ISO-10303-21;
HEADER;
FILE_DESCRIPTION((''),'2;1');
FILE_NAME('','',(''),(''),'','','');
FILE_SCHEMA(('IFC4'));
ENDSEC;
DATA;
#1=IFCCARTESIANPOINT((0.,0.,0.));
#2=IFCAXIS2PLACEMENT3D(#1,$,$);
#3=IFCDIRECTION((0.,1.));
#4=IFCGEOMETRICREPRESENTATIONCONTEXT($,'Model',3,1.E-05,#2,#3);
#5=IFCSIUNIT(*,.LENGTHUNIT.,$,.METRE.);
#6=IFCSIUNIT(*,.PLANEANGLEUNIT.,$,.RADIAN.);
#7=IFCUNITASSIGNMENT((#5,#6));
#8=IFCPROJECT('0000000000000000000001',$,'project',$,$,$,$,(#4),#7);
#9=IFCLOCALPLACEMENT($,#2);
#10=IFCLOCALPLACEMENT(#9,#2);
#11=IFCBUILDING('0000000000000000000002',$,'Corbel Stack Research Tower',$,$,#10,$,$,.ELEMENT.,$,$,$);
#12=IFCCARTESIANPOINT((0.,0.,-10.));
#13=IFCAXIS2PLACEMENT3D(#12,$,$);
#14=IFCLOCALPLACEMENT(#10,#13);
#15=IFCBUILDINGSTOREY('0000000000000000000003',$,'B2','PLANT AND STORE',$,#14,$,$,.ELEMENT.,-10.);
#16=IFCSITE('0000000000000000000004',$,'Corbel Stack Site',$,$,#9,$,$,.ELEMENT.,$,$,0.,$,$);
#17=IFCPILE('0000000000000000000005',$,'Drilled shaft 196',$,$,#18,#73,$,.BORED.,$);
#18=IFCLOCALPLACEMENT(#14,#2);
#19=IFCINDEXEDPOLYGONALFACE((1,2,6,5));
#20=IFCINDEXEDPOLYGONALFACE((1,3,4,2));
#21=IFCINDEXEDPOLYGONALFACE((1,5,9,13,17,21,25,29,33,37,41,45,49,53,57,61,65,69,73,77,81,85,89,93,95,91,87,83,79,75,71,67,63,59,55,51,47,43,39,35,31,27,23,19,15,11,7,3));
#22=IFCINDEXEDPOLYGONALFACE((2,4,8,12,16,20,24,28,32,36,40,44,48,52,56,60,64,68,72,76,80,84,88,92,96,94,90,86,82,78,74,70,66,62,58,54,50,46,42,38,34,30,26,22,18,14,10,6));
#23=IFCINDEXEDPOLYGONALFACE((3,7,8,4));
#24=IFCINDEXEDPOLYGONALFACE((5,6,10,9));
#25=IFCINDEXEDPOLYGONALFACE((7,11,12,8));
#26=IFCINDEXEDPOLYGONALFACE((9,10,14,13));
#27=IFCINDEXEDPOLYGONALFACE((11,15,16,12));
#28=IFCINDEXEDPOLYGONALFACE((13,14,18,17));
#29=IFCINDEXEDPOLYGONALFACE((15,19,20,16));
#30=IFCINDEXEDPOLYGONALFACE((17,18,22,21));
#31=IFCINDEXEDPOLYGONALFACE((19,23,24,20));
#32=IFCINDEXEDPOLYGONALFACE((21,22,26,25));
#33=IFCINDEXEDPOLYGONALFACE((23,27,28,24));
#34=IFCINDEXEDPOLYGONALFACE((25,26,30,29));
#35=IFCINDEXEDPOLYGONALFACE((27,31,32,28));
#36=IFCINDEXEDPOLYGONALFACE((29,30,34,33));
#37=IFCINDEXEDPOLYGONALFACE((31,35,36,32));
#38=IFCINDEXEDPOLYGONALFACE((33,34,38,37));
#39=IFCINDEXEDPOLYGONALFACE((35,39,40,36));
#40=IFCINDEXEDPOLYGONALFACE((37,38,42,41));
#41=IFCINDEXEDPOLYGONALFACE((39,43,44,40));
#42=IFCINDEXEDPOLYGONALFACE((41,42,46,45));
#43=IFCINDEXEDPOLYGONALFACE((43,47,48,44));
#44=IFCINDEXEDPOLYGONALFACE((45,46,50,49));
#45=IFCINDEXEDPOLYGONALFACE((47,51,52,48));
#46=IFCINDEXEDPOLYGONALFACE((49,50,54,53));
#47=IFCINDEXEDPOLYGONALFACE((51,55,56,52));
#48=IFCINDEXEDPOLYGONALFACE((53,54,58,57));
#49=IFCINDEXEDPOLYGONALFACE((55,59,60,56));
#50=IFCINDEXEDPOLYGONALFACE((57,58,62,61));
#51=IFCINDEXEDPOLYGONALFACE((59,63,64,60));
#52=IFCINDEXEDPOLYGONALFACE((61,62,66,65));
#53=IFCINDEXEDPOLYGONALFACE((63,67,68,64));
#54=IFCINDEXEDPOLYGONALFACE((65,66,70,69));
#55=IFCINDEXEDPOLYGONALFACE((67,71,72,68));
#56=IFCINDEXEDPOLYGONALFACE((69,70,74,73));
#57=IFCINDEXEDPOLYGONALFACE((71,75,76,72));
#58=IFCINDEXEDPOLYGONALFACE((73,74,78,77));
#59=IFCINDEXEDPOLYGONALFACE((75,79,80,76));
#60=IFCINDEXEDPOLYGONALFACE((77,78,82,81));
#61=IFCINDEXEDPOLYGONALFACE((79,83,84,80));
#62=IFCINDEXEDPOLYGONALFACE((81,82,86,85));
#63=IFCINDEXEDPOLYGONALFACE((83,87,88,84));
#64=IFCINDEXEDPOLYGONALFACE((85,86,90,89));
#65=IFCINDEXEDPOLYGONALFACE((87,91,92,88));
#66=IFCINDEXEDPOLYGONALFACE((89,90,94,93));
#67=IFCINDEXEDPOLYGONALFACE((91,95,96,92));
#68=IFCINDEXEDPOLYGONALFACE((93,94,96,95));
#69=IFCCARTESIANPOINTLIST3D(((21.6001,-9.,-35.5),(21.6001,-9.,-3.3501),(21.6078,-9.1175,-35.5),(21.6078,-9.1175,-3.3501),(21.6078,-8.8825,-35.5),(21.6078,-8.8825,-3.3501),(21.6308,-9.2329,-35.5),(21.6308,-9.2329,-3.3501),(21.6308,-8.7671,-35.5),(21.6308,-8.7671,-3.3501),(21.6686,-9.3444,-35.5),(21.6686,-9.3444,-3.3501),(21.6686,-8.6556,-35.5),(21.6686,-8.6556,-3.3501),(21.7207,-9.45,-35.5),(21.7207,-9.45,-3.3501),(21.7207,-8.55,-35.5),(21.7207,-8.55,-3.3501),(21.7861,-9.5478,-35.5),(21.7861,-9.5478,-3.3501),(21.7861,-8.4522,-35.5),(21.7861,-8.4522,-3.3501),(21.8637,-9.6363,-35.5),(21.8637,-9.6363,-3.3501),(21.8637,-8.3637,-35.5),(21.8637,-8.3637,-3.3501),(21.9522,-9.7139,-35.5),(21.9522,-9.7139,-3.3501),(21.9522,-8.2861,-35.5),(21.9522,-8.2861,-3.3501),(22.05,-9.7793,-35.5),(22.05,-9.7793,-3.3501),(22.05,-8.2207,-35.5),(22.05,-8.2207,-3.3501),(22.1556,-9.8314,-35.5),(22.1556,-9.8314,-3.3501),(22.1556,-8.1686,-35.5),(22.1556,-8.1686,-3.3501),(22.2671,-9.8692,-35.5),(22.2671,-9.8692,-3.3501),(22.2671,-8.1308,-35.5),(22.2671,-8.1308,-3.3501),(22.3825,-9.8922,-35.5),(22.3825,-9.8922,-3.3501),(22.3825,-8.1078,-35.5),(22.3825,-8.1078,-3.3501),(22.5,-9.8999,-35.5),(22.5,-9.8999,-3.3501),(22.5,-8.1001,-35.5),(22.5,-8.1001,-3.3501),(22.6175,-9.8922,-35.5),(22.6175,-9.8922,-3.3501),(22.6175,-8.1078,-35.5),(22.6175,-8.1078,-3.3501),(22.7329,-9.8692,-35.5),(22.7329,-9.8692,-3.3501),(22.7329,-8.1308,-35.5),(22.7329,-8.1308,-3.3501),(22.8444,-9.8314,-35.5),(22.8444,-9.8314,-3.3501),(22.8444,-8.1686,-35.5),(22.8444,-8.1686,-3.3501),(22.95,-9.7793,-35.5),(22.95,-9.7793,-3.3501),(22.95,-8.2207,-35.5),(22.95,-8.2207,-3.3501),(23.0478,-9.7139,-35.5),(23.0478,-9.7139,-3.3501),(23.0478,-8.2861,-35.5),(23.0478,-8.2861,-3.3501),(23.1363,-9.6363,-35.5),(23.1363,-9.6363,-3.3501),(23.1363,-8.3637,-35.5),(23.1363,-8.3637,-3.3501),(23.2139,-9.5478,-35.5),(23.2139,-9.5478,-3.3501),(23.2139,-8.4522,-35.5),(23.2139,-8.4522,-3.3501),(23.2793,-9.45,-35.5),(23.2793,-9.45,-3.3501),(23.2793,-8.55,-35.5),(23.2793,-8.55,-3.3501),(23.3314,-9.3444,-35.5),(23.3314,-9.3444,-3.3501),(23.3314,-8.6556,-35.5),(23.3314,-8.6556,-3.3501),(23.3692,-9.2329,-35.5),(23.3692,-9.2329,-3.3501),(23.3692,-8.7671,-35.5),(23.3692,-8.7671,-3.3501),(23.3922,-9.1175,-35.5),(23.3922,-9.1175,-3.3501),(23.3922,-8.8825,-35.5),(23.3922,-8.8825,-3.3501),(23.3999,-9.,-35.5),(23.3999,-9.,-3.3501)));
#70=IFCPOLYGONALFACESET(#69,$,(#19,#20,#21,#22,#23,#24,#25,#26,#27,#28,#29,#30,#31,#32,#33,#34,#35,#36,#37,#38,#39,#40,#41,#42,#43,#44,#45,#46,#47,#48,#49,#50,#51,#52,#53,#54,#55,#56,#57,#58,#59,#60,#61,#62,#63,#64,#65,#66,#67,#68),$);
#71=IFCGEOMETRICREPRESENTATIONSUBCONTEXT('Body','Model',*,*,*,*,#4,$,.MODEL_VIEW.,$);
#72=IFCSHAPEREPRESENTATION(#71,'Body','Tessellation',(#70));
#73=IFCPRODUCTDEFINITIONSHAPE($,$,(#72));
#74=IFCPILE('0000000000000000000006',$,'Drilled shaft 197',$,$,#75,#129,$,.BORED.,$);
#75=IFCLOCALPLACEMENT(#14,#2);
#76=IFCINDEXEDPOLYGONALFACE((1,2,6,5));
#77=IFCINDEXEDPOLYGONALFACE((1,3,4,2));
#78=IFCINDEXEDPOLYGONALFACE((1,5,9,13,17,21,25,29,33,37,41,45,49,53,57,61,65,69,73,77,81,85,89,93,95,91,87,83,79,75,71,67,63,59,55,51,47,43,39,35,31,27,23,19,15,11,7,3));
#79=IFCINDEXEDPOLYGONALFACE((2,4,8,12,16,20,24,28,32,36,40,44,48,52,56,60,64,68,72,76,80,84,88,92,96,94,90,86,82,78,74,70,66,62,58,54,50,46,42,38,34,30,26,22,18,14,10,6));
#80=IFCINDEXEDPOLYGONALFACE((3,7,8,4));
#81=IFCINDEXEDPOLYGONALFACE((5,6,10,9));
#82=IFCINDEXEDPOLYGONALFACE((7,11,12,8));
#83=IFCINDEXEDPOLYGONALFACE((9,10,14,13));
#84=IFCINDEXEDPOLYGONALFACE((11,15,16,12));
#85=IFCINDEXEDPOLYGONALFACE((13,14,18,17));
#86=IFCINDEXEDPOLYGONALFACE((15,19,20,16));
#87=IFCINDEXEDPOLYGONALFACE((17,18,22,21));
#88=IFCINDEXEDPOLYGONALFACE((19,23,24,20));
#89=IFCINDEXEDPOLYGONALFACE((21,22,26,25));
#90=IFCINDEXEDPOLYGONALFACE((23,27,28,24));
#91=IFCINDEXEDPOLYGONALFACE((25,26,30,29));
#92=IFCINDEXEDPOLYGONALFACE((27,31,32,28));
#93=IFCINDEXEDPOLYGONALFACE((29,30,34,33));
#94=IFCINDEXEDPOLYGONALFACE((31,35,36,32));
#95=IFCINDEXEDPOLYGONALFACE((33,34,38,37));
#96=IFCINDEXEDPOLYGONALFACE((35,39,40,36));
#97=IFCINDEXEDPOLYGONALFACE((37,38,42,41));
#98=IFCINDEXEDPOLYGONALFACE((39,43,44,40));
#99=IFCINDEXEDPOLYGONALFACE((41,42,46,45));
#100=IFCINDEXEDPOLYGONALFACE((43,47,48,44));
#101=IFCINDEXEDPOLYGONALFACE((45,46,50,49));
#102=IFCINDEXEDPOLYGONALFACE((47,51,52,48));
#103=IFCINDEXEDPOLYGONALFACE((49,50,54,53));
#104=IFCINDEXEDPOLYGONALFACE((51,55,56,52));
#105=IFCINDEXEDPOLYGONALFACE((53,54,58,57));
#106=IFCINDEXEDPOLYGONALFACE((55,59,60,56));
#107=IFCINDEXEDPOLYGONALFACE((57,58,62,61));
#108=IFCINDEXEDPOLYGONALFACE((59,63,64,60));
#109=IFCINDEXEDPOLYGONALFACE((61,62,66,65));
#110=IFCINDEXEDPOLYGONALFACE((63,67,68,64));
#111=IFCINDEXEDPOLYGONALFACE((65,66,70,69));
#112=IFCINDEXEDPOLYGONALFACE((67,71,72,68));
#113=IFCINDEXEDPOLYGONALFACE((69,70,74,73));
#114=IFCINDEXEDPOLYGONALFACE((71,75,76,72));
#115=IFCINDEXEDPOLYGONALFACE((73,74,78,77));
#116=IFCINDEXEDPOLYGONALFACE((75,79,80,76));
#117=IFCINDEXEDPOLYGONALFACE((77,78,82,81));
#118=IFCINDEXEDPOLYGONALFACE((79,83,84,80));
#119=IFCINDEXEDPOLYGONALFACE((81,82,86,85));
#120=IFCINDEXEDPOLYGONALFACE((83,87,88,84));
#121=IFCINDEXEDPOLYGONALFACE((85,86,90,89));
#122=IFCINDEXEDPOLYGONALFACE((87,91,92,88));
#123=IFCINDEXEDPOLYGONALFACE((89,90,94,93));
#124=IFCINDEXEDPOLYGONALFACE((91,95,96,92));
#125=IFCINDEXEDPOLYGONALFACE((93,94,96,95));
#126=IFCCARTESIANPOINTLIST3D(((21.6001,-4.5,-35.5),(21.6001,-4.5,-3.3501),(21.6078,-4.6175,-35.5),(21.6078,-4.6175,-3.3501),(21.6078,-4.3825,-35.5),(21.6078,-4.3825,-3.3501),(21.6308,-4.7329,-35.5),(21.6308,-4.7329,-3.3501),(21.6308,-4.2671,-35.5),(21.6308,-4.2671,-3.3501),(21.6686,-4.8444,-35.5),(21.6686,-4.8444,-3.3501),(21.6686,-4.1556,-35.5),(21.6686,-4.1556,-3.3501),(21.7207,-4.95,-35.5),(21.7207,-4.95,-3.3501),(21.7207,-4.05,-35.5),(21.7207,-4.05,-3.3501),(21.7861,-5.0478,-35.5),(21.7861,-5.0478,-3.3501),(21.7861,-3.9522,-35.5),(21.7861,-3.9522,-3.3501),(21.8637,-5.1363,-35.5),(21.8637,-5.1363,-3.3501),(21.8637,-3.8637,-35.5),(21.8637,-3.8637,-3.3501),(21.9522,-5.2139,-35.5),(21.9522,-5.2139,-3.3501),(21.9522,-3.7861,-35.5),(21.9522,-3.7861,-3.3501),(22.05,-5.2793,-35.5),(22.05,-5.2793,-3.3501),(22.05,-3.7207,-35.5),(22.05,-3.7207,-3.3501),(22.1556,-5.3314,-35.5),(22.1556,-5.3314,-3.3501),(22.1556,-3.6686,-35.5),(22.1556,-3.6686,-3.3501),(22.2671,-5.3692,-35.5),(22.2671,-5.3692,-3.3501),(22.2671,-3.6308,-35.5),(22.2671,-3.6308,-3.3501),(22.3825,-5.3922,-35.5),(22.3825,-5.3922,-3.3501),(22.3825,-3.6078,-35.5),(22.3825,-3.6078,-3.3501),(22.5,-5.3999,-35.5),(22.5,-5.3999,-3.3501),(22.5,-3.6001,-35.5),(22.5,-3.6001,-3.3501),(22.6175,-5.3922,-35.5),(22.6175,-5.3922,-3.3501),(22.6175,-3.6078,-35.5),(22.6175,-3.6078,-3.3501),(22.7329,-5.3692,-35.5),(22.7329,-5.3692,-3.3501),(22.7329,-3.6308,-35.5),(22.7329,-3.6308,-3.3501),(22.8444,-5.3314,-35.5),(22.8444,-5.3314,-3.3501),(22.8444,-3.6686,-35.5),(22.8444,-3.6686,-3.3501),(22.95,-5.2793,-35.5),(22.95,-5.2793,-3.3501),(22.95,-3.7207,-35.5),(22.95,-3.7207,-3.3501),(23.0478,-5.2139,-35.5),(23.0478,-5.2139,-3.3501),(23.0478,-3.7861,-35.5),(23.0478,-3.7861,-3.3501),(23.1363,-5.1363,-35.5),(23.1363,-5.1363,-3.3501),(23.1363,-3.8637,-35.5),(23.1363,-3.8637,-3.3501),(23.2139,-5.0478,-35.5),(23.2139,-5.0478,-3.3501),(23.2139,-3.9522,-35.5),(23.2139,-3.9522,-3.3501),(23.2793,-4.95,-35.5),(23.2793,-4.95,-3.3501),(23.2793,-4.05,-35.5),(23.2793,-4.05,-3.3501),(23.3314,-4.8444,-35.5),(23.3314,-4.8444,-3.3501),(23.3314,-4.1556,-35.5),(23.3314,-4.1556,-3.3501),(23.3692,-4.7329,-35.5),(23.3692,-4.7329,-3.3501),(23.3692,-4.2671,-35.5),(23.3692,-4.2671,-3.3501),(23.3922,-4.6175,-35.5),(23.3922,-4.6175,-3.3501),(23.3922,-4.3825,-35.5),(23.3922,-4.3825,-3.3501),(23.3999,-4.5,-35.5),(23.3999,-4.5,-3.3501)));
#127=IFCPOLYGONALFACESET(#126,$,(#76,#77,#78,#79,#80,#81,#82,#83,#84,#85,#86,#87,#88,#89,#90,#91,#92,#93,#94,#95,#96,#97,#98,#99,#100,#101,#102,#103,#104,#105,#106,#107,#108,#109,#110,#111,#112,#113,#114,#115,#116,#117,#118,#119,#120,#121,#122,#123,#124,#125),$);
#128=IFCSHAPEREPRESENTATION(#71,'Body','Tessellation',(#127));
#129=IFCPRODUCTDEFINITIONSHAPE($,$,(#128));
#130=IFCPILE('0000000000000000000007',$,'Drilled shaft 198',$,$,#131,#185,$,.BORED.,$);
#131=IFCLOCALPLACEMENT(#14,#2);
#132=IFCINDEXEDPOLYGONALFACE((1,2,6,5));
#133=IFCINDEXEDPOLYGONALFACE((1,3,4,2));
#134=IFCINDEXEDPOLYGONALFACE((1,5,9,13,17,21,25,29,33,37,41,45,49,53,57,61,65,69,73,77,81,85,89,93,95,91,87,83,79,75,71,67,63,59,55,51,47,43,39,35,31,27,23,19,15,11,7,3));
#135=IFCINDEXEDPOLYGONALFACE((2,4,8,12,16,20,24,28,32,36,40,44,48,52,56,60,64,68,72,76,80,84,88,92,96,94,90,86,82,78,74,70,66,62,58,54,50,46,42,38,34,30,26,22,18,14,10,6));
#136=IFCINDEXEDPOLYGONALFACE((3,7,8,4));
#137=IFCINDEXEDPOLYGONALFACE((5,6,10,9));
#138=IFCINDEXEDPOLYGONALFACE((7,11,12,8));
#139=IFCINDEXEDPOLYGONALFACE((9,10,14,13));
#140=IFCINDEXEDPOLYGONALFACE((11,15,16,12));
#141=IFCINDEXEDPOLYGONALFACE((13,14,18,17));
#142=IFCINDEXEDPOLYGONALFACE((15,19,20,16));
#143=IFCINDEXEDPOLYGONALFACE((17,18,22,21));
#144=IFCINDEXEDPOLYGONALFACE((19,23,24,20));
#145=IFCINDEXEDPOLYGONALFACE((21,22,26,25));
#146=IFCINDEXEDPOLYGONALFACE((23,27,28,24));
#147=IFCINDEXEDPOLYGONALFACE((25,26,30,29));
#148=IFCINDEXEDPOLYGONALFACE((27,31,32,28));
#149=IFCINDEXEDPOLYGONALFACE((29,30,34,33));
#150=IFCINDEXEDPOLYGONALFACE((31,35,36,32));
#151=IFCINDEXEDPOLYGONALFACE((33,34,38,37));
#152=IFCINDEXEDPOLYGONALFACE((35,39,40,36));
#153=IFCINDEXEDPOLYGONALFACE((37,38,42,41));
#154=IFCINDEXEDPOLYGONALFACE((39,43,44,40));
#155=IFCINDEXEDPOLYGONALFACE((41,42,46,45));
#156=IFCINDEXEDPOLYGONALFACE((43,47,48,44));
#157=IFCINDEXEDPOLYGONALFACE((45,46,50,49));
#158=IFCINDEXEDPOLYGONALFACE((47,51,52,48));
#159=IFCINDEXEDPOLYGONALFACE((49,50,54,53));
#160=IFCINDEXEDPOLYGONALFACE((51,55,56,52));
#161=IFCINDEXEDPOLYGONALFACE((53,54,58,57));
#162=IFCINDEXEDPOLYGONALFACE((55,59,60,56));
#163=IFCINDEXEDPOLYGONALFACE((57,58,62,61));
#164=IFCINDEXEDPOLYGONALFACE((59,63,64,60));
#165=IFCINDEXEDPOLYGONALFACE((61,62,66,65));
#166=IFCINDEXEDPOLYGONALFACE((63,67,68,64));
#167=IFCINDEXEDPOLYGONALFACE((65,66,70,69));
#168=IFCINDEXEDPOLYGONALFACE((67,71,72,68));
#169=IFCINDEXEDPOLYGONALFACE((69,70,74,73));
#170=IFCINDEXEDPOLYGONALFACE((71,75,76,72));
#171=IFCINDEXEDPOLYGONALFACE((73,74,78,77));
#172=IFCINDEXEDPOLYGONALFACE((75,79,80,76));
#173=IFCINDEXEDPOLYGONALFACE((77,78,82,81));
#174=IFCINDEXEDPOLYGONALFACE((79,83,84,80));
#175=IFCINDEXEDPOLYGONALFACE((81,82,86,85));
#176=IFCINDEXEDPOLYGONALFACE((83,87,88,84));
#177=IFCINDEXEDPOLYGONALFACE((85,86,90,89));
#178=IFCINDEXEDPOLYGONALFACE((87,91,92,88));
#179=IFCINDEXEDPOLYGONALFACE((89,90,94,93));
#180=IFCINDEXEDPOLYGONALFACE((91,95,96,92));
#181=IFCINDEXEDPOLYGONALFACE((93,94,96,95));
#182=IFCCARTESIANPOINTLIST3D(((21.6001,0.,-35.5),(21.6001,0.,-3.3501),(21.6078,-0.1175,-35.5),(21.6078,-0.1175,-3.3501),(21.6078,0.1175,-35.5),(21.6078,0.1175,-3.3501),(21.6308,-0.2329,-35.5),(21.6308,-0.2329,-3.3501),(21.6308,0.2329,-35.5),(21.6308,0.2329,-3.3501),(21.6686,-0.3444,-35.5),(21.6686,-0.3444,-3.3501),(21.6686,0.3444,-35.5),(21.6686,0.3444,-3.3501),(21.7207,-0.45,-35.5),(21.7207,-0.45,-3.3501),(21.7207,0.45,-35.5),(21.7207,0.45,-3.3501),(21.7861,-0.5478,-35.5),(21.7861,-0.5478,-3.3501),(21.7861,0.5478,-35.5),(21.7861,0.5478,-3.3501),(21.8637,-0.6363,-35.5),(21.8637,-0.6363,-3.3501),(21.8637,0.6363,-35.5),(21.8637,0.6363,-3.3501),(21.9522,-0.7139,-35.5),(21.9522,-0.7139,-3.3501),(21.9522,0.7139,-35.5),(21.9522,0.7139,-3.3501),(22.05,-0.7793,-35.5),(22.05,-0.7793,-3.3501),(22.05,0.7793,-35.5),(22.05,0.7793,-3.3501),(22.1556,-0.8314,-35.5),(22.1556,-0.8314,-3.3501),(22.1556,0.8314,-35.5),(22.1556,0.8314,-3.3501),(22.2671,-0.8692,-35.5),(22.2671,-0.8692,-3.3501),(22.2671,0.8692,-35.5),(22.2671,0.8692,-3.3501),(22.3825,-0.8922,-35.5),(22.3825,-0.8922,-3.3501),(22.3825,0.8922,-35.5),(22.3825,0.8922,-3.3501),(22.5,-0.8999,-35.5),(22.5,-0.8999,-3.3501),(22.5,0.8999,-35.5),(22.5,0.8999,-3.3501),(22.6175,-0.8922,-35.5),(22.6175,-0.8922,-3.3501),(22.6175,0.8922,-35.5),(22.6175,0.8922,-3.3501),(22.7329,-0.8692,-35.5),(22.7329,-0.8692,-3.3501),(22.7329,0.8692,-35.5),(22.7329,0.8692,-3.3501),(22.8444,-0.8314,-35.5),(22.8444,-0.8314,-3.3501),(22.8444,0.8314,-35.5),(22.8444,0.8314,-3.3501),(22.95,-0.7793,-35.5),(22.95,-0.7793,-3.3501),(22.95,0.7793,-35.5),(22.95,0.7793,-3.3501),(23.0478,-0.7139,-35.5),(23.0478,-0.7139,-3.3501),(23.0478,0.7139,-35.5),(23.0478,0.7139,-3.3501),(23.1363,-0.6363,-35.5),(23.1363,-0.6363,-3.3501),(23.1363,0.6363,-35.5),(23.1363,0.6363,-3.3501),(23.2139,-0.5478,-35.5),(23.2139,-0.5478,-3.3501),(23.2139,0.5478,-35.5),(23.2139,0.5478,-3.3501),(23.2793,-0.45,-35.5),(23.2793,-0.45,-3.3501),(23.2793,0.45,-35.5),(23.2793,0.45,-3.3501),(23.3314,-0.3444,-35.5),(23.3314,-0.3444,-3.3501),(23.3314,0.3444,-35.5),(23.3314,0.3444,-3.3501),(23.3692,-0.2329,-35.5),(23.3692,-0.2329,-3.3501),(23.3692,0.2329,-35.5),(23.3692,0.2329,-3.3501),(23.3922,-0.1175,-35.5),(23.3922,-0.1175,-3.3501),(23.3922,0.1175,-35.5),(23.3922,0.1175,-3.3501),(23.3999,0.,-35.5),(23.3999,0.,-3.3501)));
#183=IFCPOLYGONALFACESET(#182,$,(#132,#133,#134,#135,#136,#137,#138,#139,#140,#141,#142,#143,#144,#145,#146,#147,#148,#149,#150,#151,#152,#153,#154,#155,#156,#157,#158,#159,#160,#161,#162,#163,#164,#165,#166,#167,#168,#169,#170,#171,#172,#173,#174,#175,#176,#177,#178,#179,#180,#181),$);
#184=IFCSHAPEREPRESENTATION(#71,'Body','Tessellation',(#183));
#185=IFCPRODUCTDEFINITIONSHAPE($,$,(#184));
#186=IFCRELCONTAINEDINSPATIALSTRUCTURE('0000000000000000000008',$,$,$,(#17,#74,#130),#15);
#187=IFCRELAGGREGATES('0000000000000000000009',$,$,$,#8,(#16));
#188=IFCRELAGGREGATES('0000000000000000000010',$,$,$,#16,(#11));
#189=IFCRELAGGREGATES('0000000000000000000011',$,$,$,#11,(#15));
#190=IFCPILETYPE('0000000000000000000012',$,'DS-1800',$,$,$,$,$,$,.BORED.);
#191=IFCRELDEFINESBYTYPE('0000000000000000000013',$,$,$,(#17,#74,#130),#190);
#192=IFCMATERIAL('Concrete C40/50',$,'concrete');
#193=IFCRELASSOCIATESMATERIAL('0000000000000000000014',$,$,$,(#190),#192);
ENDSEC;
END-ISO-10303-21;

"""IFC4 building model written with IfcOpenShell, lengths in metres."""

from ifc_helpers import new_model, si_unit, direction, frame, origin, origin_2d, place, context, subcontext, project, spatial, circle, extrude, material, material_profile, profile_set, type_object, element, save


model = new_model("IFC4")

# Units and contexts
model_context = context("Model", 3, precision=1e-05, world=origin(), true_north=direction((0.0, 1.0)))
body_context = subcontext(model_context, "Body", "Model", "MODEL_VIEW")
ifc_project = project(units=[si_unit("LENGTHUNIT", "METRE"), si_unit("PLANEANGLEUNIT", "RADIAN")], contexts=[model_context])

# Site, building, storey
site_placement = place(None, origin())
site = spatial("IfcSite", under=ifc_project, at=site_placement, Name="Corbel Stack Site", CompositionType="ELEMENT", RefElevation=0.0)
building_placement = place(site_placement, origin())
building = spatial("IfcBuilding", under=site, at=building_placement, Name="Corbel Stack Research Tower", CompositionType="ELEMENT")
storey_placement = place(building_placement, frame((0.0, 0.0, -10.0)))
storey = spatial("IfcBuildingStorey", under=building, at=storey_placement, Name="B2", Description="PLANT AND STORE", CompositionType="ELEMENT", Elevation=-10.0)

# Piles
ifc_material_1 = material(Name="Concrete C40/50", Category="concrete")
ifc_material_profile_1 = material_profile(ifc_material_1, circle(Radius=0.8999, at=origin_2d()), Name="Shaft 1800")
ifc_profile_set_1 = profile_set([ifc_material_profile_1], Name="Concrete C40/50")
pile_type = type_object("IfcPileType", Name="DS-1800", PredefinedType="BORED", material=ifc_profile_set_1)
for number, where, z_axis, x_axis, name in (
    (1, (22.5, -9.0, -3.3501), (0.0, 0.0, -1.0), (1.0, 0.0, 0.0), "Drilled shaft 196"),
    (2, (22.5, -4.5, -3.3501), (0.0, 0.0, -1.0), (1.0, 0.0, 0.0), "Drilled shaft 197"),
    (3, (22.5, 0.0, -3.3501), (0.0, 0.0, -1.0), (1.0, 0.0, 0.0), "Drilled shaft 198"),
):
    element("IfcPile", number, at=place(storey_placement, frame(where, z_axis=z_axis, x_axis=x_axis)), inside=storey, type_object=pile_type, Name=name, PredefinedType="BORED", context=body_context, shape_type="SweptSolid", body=[
        extrude(circle(Radius=0.8999, at=origin_2d()), origin(), (0.0, 0.0, 1.0), 32.1499),
    ])

save(model, "model.ifc")
